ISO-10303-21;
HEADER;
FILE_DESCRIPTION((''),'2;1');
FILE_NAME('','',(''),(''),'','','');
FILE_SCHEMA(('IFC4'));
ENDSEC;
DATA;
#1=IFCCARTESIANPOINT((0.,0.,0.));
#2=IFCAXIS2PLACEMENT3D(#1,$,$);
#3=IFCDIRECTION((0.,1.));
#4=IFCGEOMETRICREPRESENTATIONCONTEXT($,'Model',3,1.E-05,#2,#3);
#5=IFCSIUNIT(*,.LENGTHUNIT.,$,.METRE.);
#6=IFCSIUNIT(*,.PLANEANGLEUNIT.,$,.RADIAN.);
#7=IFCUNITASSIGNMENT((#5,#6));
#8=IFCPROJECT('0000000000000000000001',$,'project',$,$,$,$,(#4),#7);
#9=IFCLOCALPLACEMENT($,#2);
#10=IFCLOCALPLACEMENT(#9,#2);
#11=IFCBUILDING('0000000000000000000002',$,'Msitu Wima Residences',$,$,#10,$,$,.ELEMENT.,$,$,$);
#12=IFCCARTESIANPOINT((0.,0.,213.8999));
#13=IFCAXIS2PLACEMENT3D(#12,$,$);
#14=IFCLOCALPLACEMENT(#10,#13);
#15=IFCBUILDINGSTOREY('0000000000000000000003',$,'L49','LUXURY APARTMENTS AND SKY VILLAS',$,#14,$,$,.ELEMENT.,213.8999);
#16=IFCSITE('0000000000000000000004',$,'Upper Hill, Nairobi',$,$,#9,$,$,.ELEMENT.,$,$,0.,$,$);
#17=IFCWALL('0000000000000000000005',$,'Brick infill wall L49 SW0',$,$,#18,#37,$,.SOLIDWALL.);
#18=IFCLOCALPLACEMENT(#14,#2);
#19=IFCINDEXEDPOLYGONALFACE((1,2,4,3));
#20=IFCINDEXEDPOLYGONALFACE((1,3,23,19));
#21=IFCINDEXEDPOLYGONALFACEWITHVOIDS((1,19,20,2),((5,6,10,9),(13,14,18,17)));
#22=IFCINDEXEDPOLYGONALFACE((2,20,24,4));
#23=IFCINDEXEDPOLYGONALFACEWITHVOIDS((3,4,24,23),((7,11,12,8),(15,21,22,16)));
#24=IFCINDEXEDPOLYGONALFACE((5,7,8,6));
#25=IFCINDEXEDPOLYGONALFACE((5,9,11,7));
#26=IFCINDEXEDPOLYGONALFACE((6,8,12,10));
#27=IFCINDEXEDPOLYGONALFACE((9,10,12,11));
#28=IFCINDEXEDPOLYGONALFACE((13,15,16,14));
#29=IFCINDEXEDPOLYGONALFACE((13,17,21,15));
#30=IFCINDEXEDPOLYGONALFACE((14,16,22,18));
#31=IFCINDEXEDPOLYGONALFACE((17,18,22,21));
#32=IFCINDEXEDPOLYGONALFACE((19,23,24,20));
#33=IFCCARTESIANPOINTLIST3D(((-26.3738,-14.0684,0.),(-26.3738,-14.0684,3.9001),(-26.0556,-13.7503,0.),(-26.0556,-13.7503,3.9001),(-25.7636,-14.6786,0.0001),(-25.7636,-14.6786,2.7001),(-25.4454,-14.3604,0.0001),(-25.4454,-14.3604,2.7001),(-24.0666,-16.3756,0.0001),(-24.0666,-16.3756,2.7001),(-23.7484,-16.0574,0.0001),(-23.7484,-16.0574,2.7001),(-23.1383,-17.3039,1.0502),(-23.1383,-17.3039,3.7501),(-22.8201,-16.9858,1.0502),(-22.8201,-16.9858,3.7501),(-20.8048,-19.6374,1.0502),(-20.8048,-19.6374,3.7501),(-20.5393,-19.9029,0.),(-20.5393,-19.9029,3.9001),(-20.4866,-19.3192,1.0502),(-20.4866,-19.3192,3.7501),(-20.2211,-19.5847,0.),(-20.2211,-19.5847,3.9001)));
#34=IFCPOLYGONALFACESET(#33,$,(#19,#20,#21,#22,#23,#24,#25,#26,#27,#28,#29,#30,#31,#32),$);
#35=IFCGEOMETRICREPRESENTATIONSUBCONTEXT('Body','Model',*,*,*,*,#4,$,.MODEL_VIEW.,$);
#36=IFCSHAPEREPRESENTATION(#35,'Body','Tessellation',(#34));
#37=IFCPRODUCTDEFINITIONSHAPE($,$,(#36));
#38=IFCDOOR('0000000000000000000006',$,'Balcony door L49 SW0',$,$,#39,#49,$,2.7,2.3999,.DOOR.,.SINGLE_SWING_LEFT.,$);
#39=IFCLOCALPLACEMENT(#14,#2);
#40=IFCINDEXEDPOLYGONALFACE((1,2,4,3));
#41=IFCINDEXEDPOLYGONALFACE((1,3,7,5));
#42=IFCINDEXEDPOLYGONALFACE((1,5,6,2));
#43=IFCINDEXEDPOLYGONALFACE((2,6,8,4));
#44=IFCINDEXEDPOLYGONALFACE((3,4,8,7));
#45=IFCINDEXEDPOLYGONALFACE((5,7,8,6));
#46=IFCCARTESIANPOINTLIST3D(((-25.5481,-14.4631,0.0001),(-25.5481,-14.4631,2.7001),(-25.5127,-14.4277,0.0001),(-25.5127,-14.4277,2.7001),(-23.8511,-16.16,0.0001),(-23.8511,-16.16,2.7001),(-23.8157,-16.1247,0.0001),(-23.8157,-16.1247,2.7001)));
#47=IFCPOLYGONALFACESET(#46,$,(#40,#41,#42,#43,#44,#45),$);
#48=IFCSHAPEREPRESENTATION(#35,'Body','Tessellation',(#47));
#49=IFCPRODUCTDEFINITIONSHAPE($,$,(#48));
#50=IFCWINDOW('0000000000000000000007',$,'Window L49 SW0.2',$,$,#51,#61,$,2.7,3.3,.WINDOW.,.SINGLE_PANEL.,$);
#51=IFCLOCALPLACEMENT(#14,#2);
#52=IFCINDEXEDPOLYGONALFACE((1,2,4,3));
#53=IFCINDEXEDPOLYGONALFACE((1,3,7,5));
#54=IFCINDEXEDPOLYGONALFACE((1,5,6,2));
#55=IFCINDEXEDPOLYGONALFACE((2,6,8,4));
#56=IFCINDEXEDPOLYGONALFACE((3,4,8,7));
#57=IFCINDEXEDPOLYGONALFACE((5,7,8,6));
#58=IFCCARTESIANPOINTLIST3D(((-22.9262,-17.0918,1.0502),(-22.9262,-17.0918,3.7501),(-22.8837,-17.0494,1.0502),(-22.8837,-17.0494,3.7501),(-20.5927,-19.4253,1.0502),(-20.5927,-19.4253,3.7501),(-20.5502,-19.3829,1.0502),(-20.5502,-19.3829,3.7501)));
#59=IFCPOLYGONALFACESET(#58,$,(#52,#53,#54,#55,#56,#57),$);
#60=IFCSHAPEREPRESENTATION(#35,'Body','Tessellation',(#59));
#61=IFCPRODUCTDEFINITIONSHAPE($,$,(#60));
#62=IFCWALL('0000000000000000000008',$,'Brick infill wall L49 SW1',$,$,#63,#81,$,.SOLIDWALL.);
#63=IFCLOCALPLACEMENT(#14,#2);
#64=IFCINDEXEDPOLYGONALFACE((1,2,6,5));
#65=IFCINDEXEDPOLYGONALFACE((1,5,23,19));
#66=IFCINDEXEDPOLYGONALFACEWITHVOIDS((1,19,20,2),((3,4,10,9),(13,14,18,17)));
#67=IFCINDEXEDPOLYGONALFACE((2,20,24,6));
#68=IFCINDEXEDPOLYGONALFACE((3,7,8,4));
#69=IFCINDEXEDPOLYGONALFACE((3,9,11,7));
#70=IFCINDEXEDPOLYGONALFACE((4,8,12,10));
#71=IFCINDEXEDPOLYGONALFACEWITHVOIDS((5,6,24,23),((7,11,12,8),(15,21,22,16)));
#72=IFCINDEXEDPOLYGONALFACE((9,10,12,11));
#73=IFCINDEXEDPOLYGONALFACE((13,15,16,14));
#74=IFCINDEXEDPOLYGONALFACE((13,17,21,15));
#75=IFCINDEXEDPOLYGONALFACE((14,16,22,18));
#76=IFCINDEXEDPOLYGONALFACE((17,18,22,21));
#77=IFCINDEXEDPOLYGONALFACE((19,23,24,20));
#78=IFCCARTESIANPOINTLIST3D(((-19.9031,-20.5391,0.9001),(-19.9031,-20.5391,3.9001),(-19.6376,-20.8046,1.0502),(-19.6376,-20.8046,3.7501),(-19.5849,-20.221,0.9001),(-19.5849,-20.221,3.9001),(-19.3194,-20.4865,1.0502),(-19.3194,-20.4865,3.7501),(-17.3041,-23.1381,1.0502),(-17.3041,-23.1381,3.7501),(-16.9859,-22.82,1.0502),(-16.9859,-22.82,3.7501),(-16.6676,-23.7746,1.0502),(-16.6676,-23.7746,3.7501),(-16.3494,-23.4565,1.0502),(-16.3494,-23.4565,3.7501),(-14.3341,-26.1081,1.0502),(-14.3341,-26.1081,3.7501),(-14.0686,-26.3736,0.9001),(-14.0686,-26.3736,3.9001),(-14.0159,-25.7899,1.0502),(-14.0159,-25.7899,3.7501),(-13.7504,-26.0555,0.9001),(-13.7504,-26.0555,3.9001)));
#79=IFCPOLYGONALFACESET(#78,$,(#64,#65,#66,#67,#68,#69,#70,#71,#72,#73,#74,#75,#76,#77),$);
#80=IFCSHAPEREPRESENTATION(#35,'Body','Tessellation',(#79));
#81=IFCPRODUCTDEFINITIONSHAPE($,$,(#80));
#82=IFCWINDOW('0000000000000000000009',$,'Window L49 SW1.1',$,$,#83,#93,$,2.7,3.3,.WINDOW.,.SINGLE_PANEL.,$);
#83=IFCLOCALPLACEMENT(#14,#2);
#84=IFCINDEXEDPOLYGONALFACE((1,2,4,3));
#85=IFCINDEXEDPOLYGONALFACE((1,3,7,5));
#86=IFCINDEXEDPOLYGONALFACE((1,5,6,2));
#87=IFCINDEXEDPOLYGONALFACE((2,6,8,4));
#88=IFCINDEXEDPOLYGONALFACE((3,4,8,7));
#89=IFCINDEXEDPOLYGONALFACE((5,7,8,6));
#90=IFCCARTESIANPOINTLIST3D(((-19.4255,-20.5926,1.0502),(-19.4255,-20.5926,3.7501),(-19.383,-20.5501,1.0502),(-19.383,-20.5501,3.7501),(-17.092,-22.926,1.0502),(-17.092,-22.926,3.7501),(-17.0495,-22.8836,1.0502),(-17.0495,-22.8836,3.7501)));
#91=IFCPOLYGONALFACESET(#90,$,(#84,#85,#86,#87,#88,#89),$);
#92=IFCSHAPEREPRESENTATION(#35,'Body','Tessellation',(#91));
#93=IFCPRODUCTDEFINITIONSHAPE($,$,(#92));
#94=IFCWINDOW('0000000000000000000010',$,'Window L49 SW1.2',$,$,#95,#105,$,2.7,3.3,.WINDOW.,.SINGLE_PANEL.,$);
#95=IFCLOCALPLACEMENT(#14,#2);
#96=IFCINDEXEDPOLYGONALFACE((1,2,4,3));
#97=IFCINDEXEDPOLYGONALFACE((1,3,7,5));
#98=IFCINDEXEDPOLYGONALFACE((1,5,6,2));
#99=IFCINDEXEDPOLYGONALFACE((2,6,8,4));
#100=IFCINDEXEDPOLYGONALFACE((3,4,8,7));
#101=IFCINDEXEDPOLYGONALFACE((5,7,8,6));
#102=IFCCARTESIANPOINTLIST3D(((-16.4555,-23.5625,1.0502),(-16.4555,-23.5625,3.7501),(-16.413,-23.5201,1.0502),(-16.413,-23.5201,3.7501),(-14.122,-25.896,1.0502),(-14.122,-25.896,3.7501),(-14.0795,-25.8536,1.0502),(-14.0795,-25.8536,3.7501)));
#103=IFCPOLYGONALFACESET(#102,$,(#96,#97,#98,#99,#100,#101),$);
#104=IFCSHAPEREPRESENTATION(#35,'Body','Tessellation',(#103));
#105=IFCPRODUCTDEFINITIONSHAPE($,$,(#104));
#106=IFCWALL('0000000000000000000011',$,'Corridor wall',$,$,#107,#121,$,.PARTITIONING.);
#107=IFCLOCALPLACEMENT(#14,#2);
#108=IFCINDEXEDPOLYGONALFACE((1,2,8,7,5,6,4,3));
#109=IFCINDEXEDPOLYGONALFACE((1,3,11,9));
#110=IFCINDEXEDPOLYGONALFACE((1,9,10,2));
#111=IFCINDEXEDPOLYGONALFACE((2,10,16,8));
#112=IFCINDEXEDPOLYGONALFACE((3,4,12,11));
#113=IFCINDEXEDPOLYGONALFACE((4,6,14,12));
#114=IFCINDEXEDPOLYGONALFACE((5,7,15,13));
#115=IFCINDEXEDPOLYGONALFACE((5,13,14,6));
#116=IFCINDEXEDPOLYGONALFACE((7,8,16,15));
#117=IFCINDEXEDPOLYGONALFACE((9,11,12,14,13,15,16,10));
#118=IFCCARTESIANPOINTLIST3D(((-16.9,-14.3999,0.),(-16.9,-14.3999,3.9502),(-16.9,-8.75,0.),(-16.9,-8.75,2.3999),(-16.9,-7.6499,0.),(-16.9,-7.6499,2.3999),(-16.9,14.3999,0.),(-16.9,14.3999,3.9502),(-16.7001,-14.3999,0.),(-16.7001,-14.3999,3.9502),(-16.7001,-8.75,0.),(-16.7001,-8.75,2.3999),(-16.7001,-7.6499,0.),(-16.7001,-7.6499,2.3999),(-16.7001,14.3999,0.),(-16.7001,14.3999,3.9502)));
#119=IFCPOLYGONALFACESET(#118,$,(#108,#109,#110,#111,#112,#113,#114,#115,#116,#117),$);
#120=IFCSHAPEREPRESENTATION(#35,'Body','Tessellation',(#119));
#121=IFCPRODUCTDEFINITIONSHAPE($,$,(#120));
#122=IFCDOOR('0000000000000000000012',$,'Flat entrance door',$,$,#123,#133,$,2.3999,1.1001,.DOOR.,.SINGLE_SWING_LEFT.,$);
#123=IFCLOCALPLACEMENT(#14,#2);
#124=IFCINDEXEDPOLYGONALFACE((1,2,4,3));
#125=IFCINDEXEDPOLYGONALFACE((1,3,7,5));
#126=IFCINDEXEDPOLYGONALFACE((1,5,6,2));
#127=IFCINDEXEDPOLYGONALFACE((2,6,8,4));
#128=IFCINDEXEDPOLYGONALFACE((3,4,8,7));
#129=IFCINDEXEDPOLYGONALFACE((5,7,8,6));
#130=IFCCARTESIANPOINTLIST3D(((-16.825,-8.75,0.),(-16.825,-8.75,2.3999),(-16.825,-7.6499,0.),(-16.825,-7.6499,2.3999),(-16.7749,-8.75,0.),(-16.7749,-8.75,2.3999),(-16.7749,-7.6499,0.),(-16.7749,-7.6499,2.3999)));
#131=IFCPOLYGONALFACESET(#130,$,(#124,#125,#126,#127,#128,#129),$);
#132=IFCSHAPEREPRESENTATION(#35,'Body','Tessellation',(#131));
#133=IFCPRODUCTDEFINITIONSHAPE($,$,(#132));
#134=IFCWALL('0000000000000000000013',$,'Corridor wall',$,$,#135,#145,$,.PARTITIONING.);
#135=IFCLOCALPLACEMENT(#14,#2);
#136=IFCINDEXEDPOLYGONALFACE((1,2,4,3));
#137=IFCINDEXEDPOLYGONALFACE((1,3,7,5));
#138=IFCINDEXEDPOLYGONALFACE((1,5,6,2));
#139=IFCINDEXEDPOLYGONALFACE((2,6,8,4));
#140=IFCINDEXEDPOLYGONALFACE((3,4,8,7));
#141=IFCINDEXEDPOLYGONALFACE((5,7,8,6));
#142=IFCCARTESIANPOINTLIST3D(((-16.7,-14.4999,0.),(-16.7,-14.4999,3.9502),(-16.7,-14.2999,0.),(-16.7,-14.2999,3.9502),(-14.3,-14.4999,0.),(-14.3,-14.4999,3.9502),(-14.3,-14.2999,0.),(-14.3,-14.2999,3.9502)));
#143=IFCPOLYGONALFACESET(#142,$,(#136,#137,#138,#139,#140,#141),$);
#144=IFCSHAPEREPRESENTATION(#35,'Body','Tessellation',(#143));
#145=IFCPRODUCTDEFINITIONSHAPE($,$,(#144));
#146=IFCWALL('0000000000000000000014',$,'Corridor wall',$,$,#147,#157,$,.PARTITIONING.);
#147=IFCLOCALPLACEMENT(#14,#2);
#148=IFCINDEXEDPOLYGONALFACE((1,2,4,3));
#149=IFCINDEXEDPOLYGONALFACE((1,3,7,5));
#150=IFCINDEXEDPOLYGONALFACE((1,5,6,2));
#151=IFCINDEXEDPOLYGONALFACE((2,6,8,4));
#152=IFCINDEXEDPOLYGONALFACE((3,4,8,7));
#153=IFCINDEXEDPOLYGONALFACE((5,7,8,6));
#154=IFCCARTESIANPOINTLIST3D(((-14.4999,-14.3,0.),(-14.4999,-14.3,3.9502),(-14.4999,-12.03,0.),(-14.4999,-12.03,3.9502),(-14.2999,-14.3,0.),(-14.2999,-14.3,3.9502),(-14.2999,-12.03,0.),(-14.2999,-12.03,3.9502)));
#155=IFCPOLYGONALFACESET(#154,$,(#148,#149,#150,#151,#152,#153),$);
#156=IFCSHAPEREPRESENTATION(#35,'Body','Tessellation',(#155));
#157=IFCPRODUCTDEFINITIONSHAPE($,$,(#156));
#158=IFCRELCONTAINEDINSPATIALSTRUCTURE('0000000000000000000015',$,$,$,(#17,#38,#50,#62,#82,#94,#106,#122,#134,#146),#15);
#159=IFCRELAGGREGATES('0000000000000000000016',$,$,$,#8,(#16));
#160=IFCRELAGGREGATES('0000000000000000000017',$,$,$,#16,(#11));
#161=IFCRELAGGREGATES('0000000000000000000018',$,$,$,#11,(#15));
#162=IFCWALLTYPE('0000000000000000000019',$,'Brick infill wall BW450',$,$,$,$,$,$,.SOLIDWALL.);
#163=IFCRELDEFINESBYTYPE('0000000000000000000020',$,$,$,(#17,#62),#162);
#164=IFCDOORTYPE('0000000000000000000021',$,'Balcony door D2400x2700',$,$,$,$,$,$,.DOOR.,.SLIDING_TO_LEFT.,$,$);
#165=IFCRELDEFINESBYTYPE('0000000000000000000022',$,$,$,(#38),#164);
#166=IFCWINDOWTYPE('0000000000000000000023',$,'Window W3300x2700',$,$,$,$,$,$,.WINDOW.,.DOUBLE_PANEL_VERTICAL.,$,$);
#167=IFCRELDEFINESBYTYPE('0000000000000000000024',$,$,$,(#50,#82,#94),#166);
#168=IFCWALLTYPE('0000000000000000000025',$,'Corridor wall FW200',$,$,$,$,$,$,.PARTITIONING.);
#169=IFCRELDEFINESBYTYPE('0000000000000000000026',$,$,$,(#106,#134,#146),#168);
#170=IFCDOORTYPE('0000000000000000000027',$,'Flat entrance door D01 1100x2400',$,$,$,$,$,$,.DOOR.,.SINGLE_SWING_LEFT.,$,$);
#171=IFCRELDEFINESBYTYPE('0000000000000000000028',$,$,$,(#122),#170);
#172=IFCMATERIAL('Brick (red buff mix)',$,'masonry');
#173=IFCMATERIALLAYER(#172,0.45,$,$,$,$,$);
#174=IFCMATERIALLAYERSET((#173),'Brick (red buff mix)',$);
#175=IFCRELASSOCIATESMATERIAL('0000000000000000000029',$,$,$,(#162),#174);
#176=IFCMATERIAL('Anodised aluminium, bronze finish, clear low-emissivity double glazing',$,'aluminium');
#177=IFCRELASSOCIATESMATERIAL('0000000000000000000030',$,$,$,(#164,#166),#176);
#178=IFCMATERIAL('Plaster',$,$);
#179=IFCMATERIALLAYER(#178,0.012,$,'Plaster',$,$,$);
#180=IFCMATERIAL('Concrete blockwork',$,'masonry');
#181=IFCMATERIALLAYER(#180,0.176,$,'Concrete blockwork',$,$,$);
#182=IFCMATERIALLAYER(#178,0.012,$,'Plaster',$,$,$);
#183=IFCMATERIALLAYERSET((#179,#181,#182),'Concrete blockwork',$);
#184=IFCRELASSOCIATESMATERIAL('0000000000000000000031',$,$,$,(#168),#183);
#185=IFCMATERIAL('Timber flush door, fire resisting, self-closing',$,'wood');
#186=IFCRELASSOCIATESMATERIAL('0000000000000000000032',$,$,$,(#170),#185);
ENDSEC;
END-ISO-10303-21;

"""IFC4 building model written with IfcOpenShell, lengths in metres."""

from ifc_helpers import new_model, si_unit, direction, frame, frame_2d, origin, place, context, subcontext, project, spatial, rectangle, extrude, material, layer, layer_set, type_object, element, fill, save


model = new_model("IFC4")

# Units and contexts
model_context = context("Model", 3, precision=1e-05, world=origin(), true_north=direction((0.0, 1.0)))
body_context = subcontext(model_context, "Body", "Model", "MODEL_VIEW")
ifc_project = project(units=[si_unit("LENGTHUNIT", "METRE"), si_unit("PLANEANGLEUNIT", "RADIAN")], contexts=[model_context])

# Site, building, storey
site_placement = place(None, origin())
site = spatial("IfcSite", under=ifc_project, at=site_placement, Name="Upper Hill, Nairobi", CompositionType="ELEMENT", RefElevation=0.0)
building_placement = place(site_placement, origin())
building = spatial("IfcBuilding", under=site, at=building_placement, Name="Msitu Wima Residences", CompositionType="ELEMENT")
storey_placement = place(building_placement, frame((0.0, 0.0, 213.8999)))
storey = spatial("IfcBuildingStorey", under=building, at=storey_placement, Name="L49", Description="LUXURY APARTMENTS AND SKY VILLAS", CompositionType="ELEMENT", Elevation=213.8999)

# Wall, openings, door, window
ifc_material_1 = material(Name="Brick (red buff mix)", Category="masonry")
ifc_layer_1 = layer(ifc_material_1, 0.45)
ifc_layer_set_1 = layer_set([ifc_layer_1], Name="Brick (red buff mix)")
wall_type_1 = type_object("IfcWallType", Name="Brick infill wall BW450", PredefinedType="SOLIDWALL", material=ifc_layer_set_1)
wall_1_placement = place(storey_placement, frame((-26.2146, -13.9094, 0.0), z_axis=(0.0, 0.0, 1.0), x_axis=(0.707107, -0.707107, 0.0)))
wall_1 = element("IfcWall", 1, at=wall_1_placement, inside=storey, type_object=wall_type_1, Name="Brick infill wall L49 SW0", PredefinedType="SOLIDWALL", context=body_context, shape_type="SweptSolid", body=[
    extrude(rectangle(XDim=8.2512, YDim=0.45, at=frame_2d((4.1255, 0.0))), origin(), (0.0, 0.0, 1.0), 3.9001),
])
opening_1_placement = place(wall_1_placement, frame((0.8628, 0.0, 0.0)))
opening_1 = element("IfcOpeningElement", 2, at=opening_1_placement, cuts=wall_1, PredefinedType="OPENING", context=body_context, shape_type="SweptSolid", body=[
    extrude(rectangle(XDim=2.3999, YDim=2.7, at=frame_2d((1.2, 1.3501))), frame((0.0, 0.2349, 0.0), z_axis=(0.0, -1.0, 0.0), x_axis=(1.0, 0.0, 0.0)), (0.0, 0.0, 1.0), 0.47),
])
opening_2_placement = place(wall_1_placement, frame((4.5757, 0.0, 1.05)))
opening_2 = element("IfcOpeningElement", 3, at=opening_2_placement, cuts=wall_1, PredefinedType="OPENING", context=body_context, shape_type="SweptSolid", body=[
    extrude(rectangle(XDim=3.3, YDim=2.7, at=frame_2d((1.6499, 1.3501))), frame((0.0, 0.2349, 0.0), z_axis=(0.0, -1.0, 0.0), x_axis=(1.0, 0.0, 0.0)), (0.0, 0.0, 1.0), 0.47),
])
ifc_material_2 = material(Name="Anodised aluminium, bronze finish, clear low-emissivity double glazing", Category="aluminium")
door_type_1 = type_object("IfcDoorType", Name="Balcony door D2400x2700", OperationType="SLIDING_TO_LEFT", PredefinedType="DOOR", material=ifc_material_2)
door_1_placement = place(opening_1_placement, origin())
door_1 = element("IfcDoor", 4, at=door_1_placement, inside=storey, type_object=door_type_1, Name="Balcony door L49 SW0", OperationType="SINGLE_SWING_LEFT", OverallHeight=2.7, OverallWidth=2.3999, PredefinedType="DOOR", context=body_context, shape_type="SweptSolid", body=[
    extrude(rectangle(XDim=2.3999, YDim=2.7, at=frame_2d((1.2, 1.3501))), frame((0.0, 0.1299, 0.0), z_axis=(0.0, -1.0, 0.0), x_axis=(1.0, 0.0, 0.0)), (0.0, 0.0, 1.0), 0.05),
])
fill(opening_1, door_1)
window_type = type_object("IfcWindowType", Name="Window W3300x2700", PartitioningType="DOUBLE_PANEL_VERTICAL", PredefinedType="WINDOW", material=ifc_material_2)
window_1_placement = place(opening_2_placement, origin())
window_1 = element("IfcWindow", 5, at=window_1_placement, inside=storey, type_object=window_type, Name="Window L49 SW0.2", OverallHeight=2.7, OverallWidth=3.3, PartitioningType="SINGLE_PANEL", PredefinedType="WINDOW", context=body_context, shape_type="SweptSolid", body=[
    extrude(rectangle(XDim=3.3, YDim=2.7, at=frame_2d((1.6499, 1.3501))), frame((0.0, 0.135, 0.0), z_axis=(0.0, -1.0, 0.0), x_axis=(1.0, 0.0, 0.0)), (0.0, 0.0, 1.0), 0.0601),
])
fill(opening_2, window_1)

# Wall, openings, windows
wall_2_placement = place(storey_placement, frame((-19.7439, -20.3801, 0.9001), z_axis=(0.0, 0.0, 1.0), x_axis=(0.707107, -0.707107, 0.0)))
wall_2 = element("IfcWall", 6, at=wall_2_placement, inside=storey, type_object=wall_type_1, Name="Brick infill wall L49 SW1", PredefinedType="SOLIDWALL", context=body_context, shape_type="SweptSolid", body=[
    extrude(rectangle(XDim=8.2512, YDim=0.45, at=frame_2d((4.1255, 0.0))), origin(), (0.0, 0.0, 1.0), 3.0),
])
opening_3_placement = place(wall_2_placement, frame((0.3755, 0.0, 0.1499)))
opening_3 = element("IfcOpeningElement", 7, at=opening_3_placement, cuts=wall_2, PredefinedType="OPENING", context=body_context, shape_type="SweptSolid", body=[
    extrude(rectangle(XDim=3.3, YDim=2.7, at=frame_2d((1.6499, 1.3501))), frame((0.0, 0.2349, 0.0), z_axis=(0.0, -1.0, 0.0), x_axis=(1.0, 0.0, 0.0)), (0.0, 0.0, 1.0), 0.47),
])
opening_4_placement = place(wall_2_placement, frame((4.5757, 0.0, 0.1499)))
opening_4 = element("IfcOpeningElement", 8, at=opening_4_placement, cuts=wall_2, PredefinedType="OPENING", context=body_context, shape_type="SweptSolid", body=[
    extrude(rectangle(XDim=3.3, YDim=2.7, at=frame_2d((1.6499, 1.3501))), frame((0.0, 0.2349, 0.0), z_axis=(0.0, -1.0, 0.0), x_axis=(1.0, 0.0, 0.0)), (0.0, 0.0, 1.0), 0.47),
])
window_2_placement = place(opening_3_placement, origin())
window_2 = element("IfcWindow", 9, at=window_2_placement, inside=storey, type_object=window_type, Name="Window L49 SW1.1", OverallHeight=2.7, OverallWidth=3.3, PartitioningType="SINGLE_PANEL", PredefinedType="WINDOW", context=body_context, shape_type="SweptSolid", body=[
    extrude(rectangle(XDim=3.3, YDim=2.7, at=frame_2d((1.6499, 1.3501))), frame((0.0, 0.135, 0.0), z_axis=(0.0, -1.0, 0.0), x_axis=(1.0, 0.0, 0.0)), (0.0, 0.0, 1.0), 0.0601),
])
fill(opening_3, window_2)
window_3_placement = place(opening_4_placement, origin())
window_3 = element("IfcWindow", 10, at=window_3_placement, inside=storey, type_object=window_type, Name="Window L49 SW1.2", OverallHeight=2.7, OverallWidth=3.3, PartitioningType="SINGLE_PANEL", PredefinedType="WINDOW", context=body_context, shape_type="SweptSolid", body=[
    extrude(rectangle(XDim=3.3, YDim=2.7, at=frame_2d((1.6499, 1.3501))), frame((0.0, 0.135, 0.0), z_axis=(0.0, -1.0, 0.0), x_axis=(1.0, 0.0, 0.0)), (0.0, 0.0, 1.0), 0.0601),
])
fill(opening_4, window_3)

# Wall, opening, door
ifc_material_3 = material(Name="Plaster")
ifc_layer_2 = layer(ifc_material_3, 0.012, Name="Plaster")
ifc_material_4 = material(Name="Concrete blockwork", Category="masonry")
ifc_layer_3 = layer(ifc_material_4, 0.176, Name="Concrete blockwork")
ifc_layer_4 = layer(ifc_material_3, 0.012, Name="Plaster")
ifc_layer_set_2 = layer_set([ifc_layer_2, ifc_layer_3, ifc_layer_4], Name="Concrete blockwork")
wall_type_2 = type_object("IfcWallType", Name="Corridor wall FW200", PredefinedType="PARTITIONING", material=ifc_layer_set_2)
wall_3_placement = place(storey_placement, frame((-16.8, -14.3999, 0.0), z_axis=(0.0, 0.0, 1.0), x_axis=(0.0, 1.0, 0.0)))
wall_3 = element("IfcWall", 11, at=wall_3_placement, inside=storey, type_object=wall_type_2, Name="Corridor wall", PredefinedType="PARTITIONING", context=body_context, shape_type="SweptSolid", body=[
    extrude(rectangle(XDim=28.7998, YDim=0.2, at=frame_2d((14.3999, 0.0))), origin(), (0.0, 0.0, 1.0), 3.9502),
])
opening_5_placement = place(wall_3_placement, frame((5.6499, 0.0, 0.0)))
opening_5 = element("IfcOpeningElement", 12, at=opening_5_placement, cuts=wall_3, PredefinedType="OPENING", context=body_context, shape_type="SweptSolid", body=[
    extrude(rectangle(XDim=1.1001, YDim=2.3999, at=frame_2d((0.55, 1.2))), frame((0.0, 0.1099, 0.0), z_axis=(0.0, -1.0, 0.0), x_axis=(1.0, 0.0, 0.0)), (0.0, 0.0, 1.0), 0.22),
])
ifc_material_5 = material(Name="Timber flush door, fire resisting, self-closing", Category="wood")
door_type_2 = type_object("IfcDoorType", Name="Flat entrance door D01 1100x2400", OperationType="SINGLE_SWING_LEFT", PredefinedType="DOOR", material=ifc_material_5)
door_2_placement = place(opening_5_placement, origin())
door_2 = element("IfcDoor", 13, at=door_2_placement, inside=storey, type_object=door_type_2, Name="Flat entrance door", OperationType="SINGLE_SWING_LEFT", OverallHeight=2.3999, OverallWidth=1.1001, PredefinedType="DOOR", context=body_context, shape_type="SweptSolid", body=[
    extrude(rectangle(XDim=1.1001, YDim=2.3999, at=frame_2d((0.55, 1.2))), frame((0.0, 0.0249, 0.0), z_axis=(0.0, -1.0, 0.0), x_axis=(1.0, 0.0, 0.0)), (0.0, 0.0, 1.0), 0.05),
])
fill(opening_5, door_2)

# Walls
wall_4_placement = place(storey_placement, frame((-16.7, -14.3999, 0.0), z_axis=(0.0, 0.0, 1.0), x_axis=(1.0, 0.0, 0.0)))
element("IfcWall", 14, at=wall_4_placement, inside=storey, type_object=wall_type_2, Name="Corridor wall", PredefinedType="PARTITIONING", context=body_context, shape_type="SweptSolid", body=[
    extrude(rectangle(XDim=2.3999, YDim=0.2, at=frame_2d((1.2, 0.0))), origin(), (0.0, 0.0, 1.0), 3.9502),
])
wall_5_placement = place(storey_placement, frame((-14.3999, -14.3, 0.0), z_axis=(0.0, 0.0, 1.0), x_axis=(0.0, 1.0, 0.0)))
element("IfcWall", 15, at=wall_5_placement, inside=storey, type_object=wall_type_2, Name="Corridor wall", PredefinedType="PARTITIONING", context=body_context, shape_type="SweptSolid", body=[
    extrude(rectangle(XDim=2.27, YDim=0.2, at=frame_2d((1.135, 0.0))), origin(), (0.0, 0.0, 1.0), 3.9502),
])

save(model, "model.ifc")
